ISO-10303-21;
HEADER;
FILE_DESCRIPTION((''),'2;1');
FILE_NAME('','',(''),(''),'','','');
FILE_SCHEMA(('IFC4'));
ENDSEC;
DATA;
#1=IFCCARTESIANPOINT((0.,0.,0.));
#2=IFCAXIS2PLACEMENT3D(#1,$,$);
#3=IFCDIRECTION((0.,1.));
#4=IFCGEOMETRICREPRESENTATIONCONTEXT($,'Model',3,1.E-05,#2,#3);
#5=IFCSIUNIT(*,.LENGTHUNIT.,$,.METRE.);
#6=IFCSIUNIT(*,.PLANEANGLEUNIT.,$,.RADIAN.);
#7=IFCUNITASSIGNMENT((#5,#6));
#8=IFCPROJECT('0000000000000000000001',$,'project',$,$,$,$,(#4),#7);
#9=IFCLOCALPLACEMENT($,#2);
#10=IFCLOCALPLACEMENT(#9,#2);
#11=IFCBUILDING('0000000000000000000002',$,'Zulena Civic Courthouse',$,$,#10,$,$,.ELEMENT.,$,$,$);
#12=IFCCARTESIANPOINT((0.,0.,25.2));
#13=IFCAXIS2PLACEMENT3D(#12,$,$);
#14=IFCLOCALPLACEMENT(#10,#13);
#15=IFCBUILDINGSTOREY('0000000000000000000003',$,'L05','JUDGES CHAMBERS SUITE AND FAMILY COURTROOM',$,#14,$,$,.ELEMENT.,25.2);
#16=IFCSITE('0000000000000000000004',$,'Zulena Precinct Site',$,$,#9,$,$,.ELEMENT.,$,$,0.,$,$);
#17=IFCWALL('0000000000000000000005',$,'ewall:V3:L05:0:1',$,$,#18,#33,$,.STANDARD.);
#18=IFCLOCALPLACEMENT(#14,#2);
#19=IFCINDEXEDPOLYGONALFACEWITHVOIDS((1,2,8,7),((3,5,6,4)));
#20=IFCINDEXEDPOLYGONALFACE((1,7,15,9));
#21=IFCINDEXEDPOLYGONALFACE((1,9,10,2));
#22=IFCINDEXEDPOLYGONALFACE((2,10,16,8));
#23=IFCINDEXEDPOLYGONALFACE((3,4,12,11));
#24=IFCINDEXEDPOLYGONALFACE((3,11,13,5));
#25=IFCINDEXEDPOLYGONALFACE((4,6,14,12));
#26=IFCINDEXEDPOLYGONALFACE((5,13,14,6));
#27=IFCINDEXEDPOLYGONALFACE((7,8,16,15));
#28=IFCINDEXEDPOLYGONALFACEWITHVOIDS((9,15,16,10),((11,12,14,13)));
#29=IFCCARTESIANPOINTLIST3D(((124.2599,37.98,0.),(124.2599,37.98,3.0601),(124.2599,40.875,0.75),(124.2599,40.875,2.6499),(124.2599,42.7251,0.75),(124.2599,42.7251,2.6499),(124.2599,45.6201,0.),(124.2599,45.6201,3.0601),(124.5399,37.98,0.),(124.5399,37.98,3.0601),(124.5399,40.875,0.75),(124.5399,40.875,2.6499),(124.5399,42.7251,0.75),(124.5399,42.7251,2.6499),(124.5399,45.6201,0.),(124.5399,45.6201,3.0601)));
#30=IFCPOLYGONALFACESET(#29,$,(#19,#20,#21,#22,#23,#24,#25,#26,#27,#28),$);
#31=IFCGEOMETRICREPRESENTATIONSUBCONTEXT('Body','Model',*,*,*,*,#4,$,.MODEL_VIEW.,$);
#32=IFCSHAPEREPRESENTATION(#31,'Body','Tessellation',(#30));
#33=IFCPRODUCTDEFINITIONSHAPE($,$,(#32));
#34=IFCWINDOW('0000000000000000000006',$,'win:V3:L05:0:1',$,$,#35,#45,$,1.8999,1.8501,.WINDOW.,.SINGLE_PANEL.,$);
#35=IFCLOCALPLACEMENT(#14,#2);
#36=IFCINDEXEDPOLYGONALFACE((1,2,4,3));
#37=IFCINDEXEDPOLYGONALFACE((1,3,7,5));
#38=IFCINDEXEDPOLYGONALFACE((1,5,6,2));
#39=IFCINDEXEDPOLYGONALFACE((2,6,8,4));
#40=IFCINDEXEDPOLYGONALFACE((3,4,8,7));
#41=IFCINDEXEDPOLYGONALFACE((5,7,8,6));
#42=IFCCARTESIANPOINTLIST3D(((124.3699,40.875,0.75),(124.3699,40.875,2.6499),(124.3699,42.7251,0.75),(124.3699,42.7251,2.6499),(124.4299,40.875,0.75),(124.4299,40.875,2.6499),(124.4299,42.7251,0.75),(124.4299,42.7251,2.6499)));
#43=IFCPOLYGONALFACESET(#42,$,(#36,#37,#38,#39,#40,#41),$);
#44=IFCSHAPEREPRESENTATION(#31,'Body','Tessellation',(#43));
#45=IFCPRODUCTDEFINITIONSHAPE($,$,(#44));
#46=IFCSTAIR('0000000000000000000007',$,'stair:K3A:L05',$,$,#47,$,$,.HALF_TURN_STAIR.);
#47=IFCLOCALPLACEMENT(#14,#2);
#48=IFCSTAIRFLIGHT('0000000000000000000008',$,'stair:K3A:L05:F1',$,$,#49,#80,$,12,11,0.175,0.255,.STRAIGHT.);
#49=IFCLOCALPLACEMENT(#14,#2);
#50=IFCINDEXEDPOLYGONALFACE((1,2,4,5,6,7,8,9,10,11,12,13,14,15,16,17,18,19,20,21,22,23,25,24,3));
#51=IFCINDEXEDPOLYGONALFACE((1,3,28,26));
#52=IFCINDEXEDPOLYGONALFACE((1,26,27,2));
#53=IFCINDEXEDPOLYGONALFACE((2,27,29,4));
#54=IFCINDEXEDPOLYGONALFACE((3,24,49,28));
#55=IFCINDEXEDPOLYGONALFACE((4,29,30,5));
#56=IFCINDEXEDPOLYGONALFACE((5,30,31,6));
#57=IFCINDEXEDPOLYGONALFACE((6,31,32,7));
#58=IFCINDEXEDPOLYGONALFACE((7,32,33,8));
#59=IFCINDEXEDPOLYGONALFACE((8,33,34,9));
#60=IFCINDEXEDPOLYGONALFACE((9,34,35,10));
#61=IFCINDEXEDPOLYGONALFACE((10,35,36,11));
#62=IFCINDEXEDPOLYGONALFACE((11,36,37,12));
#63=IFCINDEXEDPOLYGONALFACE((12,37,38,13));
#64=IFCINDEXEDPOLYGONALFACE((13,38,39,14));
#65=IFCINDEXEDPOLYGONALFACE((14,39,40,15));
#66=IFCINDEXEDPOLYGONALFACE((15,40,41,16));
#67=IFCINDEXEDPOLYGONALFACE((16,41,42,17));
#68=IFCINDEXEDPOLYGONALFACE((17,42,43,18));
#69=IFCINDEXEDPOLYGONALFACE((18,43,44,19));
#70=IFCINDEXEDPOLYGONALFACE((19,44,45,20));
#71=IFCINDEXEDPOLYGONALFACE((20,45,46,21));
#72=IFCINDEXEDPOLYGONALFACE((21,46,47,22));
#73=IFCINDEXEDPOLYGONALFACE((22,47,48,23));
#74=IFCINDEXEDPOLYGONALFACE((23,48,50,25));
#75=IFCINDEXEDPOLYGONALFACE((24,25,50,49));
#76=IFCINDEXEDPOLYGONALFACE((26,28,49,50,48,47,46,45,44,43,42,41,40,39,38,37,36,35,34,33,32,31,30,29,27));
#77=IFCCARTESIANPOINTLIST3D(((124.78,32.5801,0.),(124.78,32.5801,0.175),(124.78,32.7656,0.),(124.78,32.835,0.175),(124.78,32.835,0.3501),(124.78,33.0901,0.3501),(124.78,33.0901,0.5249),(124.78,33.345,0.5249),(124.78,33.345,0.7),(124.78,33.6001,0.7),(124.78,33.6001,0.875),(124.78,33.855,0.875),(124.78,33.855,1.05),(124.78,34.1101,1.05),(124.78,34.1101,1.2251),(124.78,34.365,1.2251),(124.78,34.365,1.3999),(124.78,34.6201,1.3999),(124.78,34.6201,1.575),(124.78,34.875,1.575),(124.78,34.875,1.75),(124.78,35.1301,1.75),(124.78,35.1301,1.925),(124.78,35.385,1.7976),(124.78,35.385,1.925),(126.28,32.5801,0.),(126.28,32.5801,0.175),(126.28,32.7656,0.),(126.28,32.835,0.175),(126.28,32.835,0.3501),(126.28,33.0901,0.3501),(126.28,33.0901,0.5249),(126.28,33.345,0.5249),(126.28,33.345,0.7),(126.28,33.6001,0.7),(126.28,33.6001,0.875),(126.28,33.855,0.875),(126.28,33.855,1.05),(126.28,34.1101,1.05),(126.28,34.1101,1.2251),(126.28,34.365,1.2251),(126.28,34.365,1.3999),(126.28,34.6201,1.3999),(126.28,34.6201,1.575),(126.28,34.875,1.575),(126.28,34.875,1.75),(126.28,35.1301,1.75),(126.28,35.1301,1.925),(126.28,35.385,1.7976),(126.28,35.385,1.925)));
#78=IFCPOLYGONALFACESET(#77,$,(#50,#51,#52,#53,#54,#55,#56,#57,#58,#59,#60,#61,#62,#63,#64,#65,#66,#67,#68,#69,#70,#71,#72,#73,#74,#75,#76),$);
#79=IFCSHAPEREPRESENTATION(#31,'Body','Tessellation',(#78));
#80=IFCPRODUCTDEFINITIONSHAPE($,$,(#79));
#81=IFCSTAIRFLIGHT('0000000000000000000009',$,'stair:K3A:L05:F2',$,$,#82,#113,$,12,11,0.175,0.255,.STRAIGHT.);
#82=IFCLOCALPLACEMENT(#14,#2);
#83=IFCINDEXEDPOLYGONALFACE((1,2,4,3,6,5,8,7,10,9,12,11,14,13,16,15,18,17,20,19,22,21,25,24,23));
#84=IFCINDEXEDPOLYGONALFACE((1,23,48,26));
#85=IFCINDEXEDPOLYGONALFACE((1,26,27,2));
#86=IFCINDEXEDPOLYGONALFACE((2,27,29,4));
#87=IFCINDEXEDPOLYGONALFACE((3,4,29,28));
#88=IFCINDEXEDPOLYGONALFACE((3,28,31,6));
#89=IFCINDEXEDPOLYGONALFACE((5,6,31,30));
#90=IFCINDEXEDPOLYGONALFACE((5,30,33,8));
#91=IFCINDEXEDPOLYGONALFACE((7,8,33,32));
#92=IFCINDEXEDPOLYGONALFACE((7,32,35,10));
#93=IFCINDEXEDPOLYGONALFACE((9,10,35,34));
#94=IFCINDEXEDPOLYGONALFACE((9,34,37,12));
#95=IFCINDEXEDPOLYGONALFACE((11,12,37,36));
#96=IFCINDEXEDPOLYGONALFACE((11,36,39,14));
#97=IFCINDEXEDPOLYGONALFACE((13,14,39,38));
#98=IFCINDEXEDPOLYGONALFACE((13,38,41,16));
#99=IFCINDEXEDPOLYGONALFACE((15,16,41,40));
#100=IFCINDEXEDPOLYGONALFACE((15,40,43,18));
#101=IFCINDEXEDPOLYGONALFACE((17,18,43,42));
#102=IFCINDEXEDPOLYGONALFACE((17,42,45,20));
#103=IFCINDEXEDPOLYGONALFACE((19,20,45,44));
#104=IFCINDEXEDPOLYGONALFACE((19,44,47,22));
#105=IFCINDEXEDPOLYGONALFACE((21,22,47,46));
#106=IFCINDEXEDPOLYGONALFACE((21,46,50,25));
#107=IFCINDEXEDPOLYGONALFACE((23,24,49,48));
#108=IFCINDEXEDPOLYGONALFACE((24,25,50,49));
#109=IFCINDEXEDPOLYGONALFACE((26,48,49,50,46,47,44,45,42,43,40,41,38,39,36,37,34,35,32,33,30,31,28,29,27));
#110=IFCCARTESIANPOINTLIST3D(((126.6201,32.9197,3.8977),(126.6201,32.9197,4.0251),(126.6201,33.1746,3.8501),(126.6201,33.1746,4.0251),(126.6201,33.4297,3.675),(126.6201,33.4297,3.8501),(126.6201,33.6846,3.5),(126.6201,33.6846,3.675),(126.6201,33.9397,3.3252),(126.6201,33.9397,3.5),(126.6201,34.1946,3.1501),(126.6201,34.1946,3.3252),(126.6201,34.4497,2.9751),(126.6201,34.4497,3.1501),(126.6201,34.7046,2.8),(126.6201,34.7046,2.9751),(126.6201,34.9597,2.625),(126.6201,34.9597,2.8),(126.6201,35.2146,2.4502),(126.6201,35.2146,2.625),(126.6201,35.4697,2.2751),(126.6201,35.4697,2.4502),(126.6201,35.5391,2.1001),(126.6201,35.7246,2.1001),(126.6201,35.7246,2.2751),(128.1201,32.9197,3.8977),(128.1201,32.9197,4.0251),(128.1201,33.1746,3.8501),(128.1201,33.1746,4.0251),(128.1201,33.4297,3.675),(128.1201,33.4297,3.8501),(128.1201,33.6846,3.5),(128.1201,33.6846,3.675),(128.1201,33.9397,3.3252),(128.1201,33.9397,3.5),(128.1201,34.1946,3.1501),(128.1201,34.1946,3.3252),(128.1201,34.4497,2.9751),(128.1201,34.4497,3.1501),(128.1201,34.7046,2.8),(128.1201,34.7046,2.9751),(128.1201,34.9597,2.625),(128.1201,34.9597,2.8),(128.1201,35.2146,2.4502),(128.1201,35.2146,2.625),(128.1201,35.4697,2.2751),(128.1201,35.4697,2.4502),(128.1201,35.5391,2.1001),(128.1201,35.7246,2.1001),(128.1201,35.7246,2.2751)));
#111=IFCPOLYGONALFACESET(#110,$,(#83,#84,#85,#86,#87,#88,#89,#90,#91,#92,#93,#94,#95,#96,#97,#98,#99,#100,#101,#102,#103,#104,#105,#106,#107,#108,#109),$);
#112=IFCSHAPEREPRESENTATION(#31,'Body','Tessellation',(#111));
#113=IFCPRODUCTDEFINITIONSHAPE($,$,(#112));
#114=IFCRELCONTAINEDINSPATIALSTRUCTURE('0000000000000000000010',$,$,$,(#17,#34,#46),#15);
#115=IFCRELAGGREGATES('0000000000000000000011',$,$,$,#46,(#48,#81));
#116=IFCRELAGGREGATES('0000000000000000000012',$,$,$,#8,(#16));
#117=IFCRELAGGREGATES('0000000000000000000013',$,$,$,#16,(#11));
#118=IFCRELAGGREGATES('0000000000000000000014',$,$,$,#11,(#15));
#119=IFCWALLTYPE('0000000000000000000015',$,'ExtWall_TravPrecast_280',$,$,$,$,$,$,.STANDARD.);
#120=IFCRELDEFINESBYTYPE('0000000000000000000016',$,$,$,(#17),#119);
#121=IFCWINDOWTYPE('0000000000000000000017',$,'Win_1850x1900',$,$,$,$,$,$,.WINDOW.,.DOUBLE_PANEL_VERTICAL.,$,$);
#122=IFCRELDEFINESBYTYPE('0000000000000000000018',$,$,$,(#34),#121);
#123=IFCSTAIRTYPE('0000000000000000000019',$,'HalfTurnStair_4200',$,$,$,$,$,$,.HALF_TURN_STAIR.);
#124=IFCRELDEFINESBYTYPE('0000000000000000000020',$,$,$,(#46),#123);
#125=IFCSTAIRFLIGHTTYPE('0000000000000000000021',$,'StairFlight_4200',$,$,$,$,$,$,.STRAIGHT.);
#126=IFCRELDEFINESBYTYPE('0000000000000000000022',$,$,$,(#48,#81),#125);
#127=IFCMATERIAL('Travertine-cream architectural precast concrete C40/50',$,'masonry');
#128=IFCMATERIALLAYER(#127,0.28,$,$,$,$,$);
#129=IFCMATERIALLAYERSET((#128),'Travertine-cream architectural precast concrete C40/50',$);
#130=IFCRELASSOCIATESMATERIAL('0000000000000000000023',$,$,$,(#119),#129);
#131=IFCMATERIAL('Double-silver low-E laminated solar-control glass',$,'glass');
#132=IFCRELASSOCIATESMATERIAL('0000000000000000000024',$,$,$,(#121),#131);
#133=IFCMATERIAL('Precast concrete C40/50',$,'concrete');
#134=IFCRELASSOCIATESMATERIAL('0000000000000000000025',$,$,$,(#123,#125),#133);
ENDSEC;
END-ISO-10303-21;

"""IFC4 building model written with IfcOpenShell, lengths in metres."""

from ifc_helpers import new_model, si_unit, direction, frame, frame_2d, origin, place, context, subcontext, project, spatial, polyline, rectangle, outline, extrude, material, layer, layer_set, type_object, element, fill, aggregate, save


model = new_model("IFC4")

# Units and contexts
model_context = context("Model", 3, precision=1e-05, world=origin(), true_north=direction((0.0, 1.0)))
body_context = subcontext(model_context, "Body", "Model", "MODEL_VIEW")
ifc_project = project(units=[si_unit("LENGTHUNIT", "METRE"), si_unit("PLANEANGLEUNIT", "RADIAN")], contexts=[model_context])

# Site, building, storey
site_placement = place(None, origin())
site = spatial("IfcSite", under=ifc_project, at=site_placement, Name="Zulena Precinct Site", CompositionType="ELEMENT", RefElevation=0.0)
building_placement = place(site_placement, origin())
building = spatial("IfcBuilding", under=site, at=building_placement, Name="Zulena Civic Courthouse", CompositionType="ELEMENT")
storey_placement = place(building_placement, frame((0.0, 0.0, 25.2)))
storey = spatial("IfcBuildingStorey", under=building, at=storey_placement, Name="L05", Description="JUDGES CHAMBERS SUITE AND FAMILY COURTROOM", CompositionType="ELEMENT", Elevation=25.2)

# Wall, opening, window
ifc_material_1 = material(Name="Travertine-cream architectural precast concrete C40/50", Category="masonry")
ifc_layer_1 = layer(ifc_material_1, 0.28)
ifc_layer_set_1 = layer_set([ifc_layer_1], Name="Travertine-cream architectural precast concrete C40/50")
wall_type_1 = type_object("IfcWallType", Name="ExtWall_TravPrecast_280", PredefinedType="STANDARD", material=ifc_layer_set_1)
wall_1_placement = place(storey_placement, frame((124.3999, 37.98, 0.0), z_axis=(0.0, 0.0, 1.0), x_axis=(0.0, 1.0, 0.0)))
wall_1 = element("IfcWall", 1, at=wall_1_placement, inside=storey, type_object=wall_type_1, Name="ewall:V3:L05:0:1", PredefinedType="STANDARD", context=body_context, shape_type="SweptSolid", body=[
    extrude(rectangle(XDim=7.6401, YDim=0.28, at=frame_2d((3.8201, 0.0))), origin(), (0.0, 0.0, 1.0), 3.0601),
])
opening_placement = place(wall_1_placement, frame((2.895, 0.0, 0.75)))
opening = element("IfcOpeningElement", 2, at=opening_placement, cuts=wall_1, PredefinedType="OPENING", context=body_context, shape_type="SweptSolid", body=[
    extrude(rectangle(XDim=1.8501, YDim=1.8999, at=frame_2d((0.925, 0.95))), frame((0.0, 0.1499, 0.0), z_axis=(0.0, -1.0, 0.0), x_axis=(1.0, 0.0, 0.0)), (0.0, 0.0, 1.0), 0.3),
])
ifc_material_2 = material(Name="Double-silver low-E laminated solar-control glass", Category="glass")
window_type = type_object("IfcWindowType", Name="Win_1850x1900", PartitioningType="DOUBLE_PANEL_VERTICAL", PredefinedType="WINDOW", material=ifc_material_2)
window_placement = place(opening_placement, origin())
window = element("IfcWindow", 3, at=window_placement, inside=storey, type_object=window_type, Name="win:V3:L05:0:1", OverallHeight=1.8999, OverallWidth=1.8501, PartitioningType="SINGLE_PANEL", PredefinedType="WINDOW", context=body_context, shape_type="SweptSolid", body=[
    extrude(rectangle(XDim=1.8501, YDim=1.8999, at=frame_2d((0.925, 0.95))), frame((0.0, 0.03, 0.0), z_axis=(0.0, -1.0, 0.0), x_axis=(1.0, 0.0, 0.0)), (0.0, 0.0, 1.0), 0.0601),
])
fill(opening, window)

# Stair, stair flights
ifc_material_3 = material(Name="Precast concrete C40/50", Category="concrete")
stair_type = type_object("IfcStairType", Name="HalfTurnStair_4200", PredefinedType="HALF_TURN_STAIR", material=ifc_material_3)
stair_placement = place(storey_placement, origin())
stair = element("IfcStair", 4, at=stair_placement, inside=storey, type_object=stair_type, Name="stair:K3A:L05", PredefinedType="HALF_TURN_STAIR")
stair_flight_type = type_object("IfcStairFlightType", Name="StairFlight_4200", PredefinedType="STRAIGHT", material=ifc_material_3)
stair_flight_1_placement = place(storey_placement, frame((125.53, 32.5801, 0.0), z_axis=(0.0, 0.0, 1.0), x_axis=(0.0, 1.0, 0.0)))
stair_flight_1 = element("IfcStairFlight", 5, at=stair_flight_1_placement, type_object=stair_flight_type, Name="stair:K3A:L05:F1", NumberOfRisers=12, NumberOfTreads=11, PredefinedType="STRAIGHT", RiserHeight=0.175, TreadLength=0.255, context=body_context, shape_type="SweptSolid", body=[
    extrude(outline(polyline([(0.0, 0.0), (0.0, 0.175), (0.2549, 0.175), (0.2549, 0.3501), (0.51, 0.3501), (0.51, 0.5249), (0.7649, 0.5249), (0.7649, 0.7), (1.02, 0.7), (1.02, 0.875), (1.2749, 0.875), (1.2749, 1.05), (1.53, 1.05), (1.53, 1.2251), (1.7849, 1.2251), (1.7849, 1.3999), (2.04, 1.3999), (2.04, 1.575), (2.2949, 1.575), (2.2949, 1.75), (2.55, 1.75), (2.55, 1.925), (2.8049, 1.925), (2.8049, 2.1001), (2.8049, 1.7976), (0.1855, 0.0), (0.0, 0.0)])), frame((0.0, 0.75, 0.0), z_axis=(0.0, -1.0, 0.0), x_axis=(1.0, 0.0, 0.0)), (0.0, 0.0, 1.0), 1.5),
])
stair_flight_2_placement = place(storey_placement, frame((127.3701, 35.7246, 2.1001), z_axis=(0.0, 0.0, 1.0), x_axis=(0.0, -1.0, 0.0)))
stair_flight_2 = element("IfcStairFlight", 6, at=stair_flight_2_placement, type_object=stair_flight_type, Name="stair:K3A:L05:F2", NumberOfRisers=12, NumberOfTreads=11, PredefinedType="STRAIGHT", RiserHeight=0.175, TreadLength=0.255, context=body_context, shape_type="SweptSolid", body=[
    extrude(outline(polyline([(0.0, 0.0), (0.0, 0.175), (0.2549, 0.175), (0.2549, 0.3501), (0.51, 0.3501), (0.51, 0.5249), (0.7649, 0.5249), (0.7649, 0.7), (1.02, 0.7), (1.02, 0.875), (1.2749, 0.875), (1.2749, 1.05), (1.53, 1.05), (1.53, 1.2251), (1.7849, 1.2251), (1.7849, 1.3999), (2.04, 1.3999), (2.04, 1.575), (2.2949, 1.575), (2.2949, 1.75), (2.55, 1.75), (2.55, 1.925), (2.8049, 1.925), (2.8049, 2.1001), (2.8049, 1.7976), (0.1855, 0.0), (0.0, 0.0)])), frame((0.0, 0.75, 0.0), z_axis=(0.0, -1.0, 0.0), x_axis=(1.0, 0.0, 0.0)), (0.0, 0.0, 1.0), 1.5),
])
aggregate(stair, [stair_flight_1, stair_flight_2])

save(model, "model.ifc")
